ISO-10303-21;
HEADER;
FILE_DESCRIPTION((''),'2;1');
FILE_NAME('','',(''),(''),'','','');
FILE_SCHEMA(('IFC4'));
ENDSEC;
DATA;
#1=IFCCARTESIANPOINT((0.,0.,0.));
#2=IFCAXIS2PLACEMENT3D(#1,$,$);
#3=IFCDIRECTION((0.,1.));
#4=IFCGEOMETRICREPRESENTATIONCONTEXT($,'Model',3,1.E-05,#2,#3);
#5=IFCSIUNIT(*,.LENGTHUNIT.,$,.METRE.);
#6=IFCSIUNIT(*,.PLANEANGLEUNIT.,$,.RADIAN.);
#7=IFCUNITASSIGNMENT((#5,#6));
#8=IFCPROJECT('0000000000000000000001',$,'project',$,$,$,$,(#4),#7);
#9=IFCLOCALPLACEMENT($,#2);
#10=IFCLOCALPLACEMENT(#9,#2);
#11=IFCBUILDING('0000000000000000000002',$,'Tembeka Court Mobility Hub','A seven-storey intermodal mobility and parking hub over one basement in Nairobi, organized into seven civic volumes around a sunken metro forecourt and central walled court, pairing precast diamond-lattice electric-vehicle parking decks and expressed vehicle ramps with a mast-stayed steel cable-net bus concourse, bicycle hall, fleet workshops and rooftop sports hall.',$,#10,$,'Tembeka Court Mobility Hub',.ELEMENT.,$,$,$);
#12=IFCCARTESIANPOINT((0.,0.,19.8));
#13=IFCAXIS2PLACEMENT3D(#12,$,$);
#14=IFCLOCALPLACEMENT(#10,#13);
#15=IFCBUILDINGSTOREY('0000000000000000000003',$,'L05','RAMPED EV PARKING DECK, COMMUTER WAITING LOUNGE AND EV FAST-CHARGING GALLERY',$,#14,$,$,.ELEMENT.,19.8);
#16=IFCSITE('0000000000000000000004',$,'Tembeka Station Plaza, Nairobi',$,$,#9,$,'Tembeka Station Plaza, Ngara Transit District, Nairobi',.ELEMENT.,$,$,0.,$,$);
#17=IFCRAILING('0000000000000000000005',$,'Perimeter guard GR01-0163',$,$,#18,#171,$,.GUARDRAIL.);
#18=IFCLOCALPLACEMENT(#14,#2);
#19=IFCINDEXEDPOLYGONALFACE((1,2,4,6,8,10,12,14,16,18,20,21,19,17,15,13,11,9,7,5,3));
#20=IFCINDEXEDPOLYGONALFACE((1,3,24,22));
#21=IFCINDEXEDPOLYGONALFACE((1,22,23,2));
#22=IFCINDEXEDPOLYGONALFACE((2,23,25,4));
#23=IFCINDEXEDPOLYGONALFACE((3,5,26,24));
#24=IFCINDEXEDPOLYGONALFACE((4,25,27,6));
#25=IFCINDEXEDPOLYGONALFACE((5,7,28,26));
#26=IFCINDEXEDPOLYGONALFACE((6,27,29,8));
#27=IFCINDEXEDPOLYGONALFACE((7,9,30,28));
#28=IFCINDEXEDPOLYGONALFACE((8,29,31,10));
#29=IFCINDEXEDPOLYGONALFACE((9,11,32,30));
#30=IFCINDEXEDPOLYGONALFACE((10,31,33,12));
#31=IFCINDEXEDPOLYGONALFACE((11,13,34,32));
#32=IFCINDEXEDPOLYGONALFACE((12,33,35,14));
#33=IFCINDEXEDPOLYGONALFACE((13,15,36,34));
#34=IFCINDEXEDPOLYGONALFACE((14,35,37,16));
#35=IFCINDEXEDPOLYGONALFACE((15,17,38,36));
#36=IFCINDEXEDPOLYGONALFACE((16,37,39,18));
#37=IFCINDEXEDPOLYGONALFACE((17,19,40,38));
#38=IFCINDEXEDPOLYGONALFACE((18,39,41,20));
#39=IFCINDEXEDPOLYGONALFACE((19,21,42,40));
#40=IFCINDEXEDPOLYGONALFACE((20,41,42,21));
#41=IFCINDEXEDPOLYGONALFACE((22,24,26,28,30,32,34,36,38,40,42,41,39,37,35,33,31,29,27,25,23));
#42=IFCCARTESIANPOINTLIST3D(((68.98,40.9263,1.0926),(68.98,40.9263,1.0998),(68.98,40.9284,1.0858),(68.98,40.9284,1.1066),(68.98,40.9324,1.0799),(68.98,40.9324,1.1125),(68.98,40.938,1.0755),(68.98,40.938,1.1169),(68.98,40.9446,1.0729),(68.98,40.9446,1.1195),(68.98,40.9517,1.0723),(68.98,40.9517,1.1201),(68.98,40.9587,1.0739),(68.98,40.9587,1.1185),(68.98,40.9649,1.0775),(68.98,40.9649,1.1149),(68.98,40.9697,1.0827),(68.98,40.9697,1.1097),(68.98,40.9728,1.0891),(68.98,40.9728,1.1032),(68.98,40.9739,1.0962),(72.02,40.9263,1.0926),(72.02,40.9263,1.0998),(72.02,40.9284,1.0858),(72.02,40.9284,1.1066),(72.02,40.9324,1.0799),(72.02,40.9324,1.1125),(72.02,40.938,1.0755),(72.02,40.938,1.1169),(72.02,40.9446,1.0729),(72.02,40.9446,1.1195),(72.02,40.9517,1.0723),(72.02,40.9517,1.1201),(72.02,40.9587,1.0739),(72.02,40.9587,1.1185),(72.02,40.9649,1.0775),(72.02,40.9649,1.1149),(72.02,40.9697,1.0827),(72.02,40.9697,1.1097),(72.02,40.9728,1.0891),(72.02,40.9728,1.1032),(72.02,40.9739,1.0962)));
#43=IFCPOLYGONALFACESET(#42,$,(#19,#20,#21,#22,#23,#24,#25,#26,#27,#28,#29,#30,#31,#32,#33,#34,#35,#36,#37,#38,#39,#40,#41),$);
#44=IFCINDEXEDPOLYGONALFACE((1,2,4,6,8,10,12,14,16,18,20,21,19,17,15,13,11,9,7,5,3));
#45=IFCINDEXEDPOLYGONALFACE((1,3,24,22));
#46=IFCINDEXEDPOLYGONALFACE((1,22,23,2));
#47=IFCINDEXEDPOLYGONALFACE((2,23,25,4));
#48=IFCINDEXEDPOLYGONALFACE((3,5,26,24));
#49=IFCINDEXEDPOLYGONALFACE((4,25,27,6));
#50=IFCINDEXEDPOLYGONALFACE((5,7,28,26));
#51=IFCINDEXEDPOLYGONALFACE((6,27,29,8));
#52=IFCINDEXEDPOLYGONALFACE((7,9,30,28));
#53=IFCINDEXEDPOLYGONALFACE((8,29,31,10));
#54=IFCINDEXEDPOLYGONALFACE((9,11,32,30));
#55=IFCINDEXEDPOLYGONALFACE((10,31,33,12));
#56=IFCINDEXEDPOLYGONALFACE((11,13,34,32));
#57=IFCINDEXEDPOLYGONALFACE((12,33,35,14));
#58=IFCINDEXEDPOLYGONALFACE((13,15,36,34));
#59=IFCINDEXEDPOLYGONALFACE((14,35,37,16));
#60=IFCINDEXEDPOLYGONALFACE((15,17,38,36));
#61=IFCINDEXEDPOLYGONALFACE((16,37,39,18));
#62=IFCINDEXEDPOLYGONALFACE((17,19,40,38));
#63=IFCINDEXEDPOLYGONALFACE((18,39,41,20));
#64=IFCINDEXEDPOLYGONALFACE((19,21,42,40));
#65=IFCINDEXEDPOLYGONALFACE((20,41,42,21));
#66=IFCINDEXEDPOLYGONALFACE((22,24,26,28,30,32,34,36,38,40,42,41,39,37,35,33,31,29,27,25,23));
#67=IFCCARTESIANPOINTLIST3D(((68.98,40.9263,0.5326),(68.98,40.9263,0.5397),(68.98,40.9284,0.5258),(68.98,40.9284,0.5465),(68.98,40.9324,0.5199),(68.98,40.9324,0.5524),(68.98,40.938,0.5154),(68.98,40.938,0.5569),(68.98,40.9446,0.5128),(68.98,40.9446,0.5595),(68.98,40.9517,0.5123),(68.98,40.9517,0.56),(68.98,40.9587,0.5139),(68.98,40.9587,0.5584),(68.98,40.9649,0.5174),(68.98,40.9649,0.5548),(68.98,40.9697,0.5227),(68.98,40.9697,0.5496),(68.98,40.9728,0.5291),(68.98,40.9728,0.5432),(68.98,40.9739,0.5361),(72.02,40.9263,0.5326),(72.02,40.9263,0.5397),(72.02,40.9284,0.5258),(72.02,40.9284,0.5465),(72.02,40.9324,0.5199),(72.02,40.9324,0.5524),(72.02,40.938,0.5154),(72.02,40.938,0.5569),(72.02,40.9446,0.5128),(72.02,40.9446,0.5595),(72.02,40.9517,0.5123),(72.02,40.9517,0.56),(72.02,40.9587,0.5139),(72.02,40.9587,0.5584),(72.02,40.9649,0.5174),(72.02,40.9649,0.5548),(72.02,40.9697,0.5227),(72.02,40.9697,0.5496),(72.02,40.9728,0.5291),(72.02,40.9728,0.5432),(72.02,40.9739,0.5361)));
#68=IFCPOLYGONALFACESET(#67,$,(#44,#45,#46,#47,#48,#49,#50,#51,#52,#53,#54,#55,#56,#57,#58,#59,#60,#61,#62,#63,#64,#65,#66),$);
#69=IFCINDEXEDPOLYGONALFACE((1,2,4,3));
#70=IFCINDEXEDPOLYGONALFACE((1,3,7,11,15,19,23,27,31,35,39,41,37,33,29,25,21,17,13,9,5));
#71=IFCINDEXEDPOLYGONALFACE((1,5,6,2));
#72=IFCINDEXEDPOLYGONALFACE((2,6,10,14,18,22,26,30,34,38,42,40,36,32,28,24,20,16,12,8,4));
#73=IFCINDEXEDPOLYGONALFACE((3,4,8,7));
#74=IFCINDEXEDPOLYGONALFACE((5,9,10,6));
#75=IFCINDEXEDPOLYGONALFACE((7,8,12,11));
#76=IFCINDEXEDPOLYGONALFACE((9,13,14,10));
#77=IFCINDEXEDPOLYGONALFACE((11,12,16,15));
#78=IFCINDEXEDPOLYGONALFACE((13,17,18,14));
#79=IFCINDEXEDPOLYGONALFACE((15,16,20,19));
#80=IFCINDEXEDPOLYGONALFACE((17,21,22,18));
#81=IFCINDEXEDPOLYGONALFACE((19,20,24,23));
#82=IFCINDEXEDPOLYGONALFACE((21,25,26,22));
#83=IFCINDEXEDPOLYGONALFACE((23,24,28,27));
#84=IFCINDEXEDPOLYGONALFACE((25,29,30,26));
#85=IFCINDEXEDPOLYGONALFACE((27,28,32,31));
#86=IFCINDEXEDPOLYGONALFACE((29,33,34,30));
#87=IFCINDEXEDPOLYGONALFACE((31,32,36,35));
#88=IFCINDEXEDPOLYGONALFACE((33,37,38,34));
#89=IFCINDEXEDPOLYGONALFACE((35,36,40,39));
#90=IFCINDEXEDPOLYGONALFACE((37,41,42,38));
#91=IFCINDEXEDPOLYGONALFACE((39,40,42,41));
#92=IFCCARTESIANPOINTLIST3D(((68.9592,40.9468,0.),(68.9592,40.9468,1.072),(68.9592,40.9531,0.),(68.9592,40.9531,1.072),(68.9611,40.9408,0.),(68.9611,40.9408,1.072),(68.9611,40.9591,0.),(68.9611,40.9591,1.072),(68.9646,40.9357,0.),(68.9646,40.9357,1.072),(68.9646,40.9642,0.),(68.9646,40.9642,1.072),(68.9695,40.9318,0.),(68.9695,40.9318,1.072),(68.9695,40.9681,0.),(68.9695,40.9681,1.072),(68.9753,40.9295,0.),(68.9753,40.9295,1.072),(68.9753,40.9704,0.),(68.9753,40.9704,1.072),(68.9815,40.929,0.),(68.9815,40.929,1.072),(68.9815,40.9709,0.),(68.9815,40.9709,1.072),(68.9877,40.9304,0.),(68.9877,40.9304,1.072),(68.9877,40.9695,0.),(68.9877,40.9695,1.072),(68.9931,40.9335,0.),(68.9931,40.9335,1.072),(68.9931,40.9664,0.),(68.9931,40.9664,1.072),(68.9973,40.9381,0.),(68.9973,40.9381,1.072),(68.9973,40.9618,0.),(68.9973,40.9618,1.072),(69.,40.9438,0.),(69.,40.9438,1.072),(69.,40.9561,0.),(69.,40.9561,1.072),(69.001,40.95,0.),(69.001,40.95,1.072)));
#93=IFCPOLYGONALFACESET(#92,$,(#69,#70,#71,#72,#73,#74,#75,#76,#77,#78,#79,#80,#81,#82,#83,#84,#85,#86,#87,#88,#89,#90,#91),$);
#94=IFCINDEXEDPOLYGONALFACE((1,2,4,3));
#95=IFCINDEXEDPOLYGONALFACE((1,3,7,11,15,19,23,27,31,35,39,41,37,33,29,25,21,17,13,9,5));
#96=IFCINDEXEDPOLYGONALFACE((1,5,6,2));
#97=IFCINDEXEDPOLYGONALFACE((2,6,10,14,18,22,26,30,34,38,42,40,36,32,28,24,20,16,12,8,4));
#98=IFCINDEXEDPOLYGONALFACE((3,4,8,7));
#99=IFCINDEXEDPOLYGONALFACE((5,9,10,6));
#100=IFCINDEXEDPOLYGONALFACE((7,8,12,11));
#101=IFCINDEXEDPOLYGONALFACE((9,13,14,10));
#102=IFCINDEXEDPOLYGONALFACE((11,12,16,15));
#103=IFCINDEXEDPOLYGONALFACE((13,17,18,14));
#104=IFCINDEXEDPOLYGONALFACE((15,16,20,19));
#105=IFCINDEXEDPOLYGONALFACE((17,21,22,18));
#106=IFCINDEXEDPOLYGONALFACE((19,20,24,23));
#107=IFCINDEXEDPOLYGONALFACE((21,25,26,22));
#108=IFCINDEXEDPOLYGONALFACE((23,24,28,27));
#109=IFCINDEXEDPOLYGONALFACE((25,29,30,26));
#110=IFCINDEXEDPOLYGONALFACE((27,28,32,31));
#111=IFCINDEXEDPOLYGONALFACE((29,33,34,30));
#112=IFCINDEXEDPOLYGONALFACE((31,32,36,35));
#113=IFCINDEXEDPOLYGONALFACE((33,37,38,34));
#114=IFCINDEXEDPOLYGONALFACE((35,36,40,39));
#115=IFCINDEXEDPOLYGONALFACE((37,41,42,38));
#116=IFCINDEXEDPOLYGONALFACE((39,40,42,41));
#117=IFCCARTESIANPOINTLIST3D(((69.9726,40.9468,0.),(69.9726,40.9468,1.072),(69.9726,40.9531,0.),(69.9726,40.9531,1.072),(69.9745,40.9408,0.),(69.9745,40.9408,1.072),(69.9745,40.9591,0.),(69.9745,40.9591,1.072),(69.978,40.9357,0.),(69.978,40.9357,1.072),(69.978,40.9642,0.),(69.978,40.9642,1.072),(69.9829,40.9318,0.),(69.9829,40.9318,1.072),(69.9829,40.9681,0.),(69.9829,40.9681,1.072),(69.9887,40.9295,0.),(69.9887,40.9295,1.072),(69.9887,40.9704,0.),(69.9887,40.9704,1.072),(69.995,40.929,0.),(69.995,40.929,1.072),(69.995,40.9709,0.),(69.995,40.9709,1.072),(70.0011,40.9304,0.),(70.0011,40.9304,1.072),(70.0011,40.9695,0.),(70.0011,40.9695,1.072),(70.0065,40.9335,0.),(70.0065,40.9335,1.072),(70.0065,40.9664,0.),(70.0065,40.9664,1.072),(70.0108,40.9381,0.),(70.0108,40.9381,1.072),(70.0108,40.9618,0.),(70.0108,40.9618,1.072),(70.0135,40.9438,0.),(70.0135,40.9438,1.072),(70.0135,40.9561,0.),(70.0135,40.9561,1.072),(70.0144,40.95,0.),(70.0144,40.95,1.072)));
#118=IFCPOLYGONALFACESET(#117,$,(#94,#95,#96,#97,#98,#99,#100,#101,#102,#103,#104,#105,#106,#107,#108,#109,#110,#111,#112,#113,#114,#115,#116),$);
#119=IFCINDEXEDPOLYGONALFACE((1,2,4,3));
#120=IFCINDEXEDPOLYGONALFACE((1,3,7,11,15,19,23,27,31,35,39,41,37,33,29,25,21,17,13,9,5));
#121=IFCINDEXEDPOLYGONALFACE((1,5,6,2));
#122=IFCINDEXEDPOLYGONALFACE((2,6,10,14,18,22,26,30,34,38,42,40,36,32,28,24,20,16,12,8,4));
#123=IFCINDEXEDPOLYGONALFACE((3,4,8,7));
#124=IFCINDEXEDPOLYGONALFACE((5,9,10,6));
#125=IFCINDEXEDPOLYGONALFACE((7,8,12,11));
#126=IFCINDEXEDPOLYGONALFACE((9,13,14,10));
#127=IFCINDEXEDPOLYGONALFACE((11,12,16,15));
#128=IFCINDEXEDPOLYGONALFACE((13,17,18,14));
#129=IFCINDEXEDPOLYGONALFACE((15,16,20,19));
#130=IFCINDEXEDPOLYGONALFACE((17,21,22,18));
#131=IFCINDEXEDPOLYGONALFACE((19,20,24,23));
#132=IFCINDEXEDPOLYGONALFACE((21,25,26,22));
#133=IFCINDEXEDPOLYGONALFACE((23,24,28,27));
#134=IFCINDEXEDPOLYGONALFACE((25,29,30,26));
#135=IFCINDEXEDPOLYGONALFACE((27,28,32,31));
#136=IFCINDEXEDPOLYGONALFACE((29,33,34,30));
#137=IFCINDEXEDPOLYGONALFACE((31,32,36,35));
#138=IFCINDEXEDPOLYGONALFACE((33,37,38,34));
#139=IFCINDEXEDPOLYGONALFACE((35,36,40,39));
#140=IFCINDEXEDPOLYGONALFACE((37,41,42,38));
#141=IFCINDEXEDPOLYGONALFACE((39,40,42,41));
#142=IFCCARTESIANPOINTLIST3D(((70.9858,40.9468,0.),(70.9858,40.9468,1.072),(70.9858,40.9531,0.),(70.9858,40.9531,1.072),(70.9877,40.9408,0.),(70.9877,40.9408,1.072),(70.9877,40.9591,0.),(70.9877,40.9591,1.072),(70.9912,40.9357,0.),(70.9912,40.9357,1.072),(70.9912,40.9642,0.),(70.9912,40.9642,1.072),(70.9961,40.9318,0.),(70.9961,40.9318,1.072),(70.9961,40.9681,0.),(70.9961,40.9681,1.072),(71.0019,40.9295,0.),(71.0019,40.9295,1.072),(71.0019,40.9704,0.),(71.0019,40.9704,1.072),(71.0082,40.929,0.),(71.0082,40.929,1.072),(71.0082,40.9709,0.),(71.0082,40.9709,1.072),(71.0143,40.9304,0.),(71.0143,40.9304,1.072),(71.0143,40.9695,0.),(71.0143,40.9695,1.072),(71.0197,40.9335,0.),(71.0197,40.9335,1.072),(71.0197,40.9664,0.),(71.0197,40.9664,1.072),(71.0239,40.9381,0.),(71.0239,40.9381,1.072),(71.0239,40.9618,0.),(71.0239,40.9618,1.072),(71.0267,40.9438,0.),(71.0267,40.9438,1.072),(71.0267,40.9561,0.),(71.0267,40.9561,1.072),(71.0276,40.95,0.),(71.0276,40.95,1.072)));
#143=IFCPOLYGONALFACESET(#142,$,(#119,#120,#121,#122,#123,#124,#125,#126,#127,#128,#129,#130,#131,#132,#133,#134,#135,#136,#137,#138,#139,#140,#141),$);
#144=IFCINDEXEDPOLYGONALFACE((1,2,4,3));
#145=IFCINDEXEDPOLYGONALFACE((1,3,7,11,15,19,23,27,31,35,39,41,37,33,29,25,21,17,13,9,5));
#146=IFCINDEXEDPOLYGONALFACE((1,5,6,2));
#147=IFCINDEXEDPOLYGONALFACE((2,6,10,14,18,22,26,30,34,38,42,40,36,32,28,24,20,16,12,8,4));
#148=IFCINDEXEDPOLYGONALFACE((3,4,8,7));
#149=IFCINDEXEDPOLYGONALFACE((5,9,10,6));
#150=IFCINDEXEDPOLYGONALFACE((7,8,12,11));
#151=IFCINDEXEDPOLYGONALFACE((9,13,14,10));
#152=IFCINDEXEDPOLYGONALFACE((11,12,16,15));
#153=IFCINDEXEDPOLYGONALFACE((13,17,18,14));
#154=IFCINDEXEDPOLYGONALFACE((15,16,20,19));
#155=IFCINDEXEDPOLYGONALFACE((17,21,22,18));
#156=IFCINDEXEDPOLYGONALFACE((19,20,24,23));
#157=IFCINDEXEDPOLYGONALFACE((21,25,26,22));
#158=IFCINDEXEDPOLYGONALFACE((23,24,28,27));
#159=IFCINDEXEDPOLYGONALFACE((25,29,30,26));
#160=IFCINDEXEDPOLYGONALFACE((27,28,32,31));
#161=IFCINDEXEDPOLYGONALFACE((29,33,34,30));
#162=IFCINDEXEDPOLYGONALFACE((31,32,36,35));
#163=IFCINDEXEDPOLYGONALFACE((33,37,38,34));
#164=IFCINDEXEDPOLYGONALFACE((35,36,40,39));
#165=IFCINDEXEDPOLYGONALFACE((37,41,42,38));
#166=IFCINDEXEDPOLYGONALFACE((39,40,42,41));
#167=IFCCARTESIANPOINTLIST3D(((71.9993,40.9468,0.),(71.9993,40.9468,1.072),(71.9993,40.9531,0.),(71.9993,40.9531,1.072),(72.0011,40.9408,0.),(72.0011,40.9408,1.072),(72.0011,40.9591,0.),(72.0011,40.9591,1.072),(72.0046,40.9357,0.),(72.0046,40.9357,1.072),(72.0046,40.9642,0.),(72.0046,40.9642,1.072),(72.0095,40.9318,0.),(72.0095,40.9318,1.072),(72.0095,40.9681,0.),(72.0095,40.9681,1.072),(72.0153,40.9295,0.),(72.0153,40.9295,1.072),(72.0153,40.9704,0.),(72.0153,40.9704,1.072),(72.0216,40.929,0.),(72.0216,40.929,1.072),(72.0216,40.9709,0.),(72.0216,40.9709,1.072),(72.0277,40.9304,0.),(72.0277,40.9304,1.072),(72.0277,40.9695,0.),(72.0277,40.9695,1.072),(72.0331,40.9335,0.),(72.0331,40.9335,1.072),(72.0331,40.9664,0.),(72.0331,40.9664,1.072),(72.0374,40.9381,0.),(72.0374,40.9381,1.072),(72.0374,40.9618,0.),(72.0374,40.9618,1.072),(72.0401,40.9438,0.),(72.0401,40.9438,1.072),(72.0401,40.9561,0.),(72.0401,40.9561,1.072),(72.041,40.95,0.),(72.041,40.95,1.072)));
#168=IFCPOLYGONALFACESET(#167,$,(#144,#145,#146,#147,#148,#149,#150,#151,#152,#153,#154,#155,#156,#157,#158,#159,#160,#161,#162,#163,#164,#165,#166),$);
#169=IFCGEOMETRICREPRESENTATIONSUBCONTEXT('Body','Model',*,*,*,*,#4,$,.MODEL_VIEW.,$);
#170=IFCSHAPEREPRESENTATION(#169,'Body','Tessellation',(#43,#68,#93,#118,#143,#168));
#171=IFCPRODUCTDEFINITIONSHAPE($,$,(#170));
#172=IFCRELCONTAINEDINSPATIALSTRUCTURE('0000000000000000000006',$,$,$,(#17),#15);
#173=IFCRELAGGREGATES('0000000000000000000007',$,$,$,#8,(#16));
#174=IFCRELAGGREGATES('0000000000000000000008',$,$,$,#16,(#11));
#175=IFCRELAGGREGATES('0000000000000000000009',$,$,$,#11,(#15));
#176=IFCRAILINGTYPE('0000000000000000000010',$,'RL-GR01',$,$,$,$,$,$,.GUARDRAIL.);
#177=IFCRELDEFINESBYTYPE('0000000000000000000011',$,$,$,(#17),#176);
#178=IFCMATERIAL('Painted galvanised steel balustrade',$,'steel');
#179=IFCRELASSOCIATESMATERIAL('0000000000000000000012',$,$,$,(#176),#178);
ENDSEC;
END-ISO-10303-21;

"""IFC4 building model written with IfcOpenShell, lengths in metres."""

from ifc_helpers import new_model, si_unit, direction, frame, origin, origin_2d, place, context, subcontext, project, spatial, circle, extrude, material, type_object, element, save


model = new_model("IFC4")

# Units and contexts
model_context = context("Model", 3, precision=1e-05, world=origin(), true_north=direction((0.0, 1.0)))
body_context = subcontext(model_context, "Body", "Model", "MODEL_VIEW")
ifc_project = project(units=[si_unit("LENGTHUNIT", "METRE"), si_unit("PLANEANGLEUNIT", "RADIAN")], contexts=[model_context])

# Site, building, storey
site_placement = place(None, origin())
site = spatial("IfcSite", under=ifc_project, at=site_placement, Name="Tembeka Station Plaza, Nairobi", LongName="Tembeka Station Plaza, Ngara Transit District, Nairobi", CompositionType="ELEMENT", RefElevation=0.0)
building_placement = place(site_placement, origin())
building = spatial("IfcBuilding", under=site, at=building_placement, Name="Tembeka Court Mobility Hub", Description="A seven-storey intermodal mobility and parking hub over one basement in Nairobi, organized into seven civic volumes around a sunken metro forecourt and central walled court, pairing precast diamond-lattice electric-vehicle parking decks and expressed vehicle ramps with a mast-stayed steel cable-net bus concourse, bicycle hall, fleet workshops and rooftop sports hall.", LongName="Tembeka Court Mobility Hub", CompositionType="ELEMENT")
storey_placement = place(building_placement, frame((0.0, 0.0, 19.8)))
storey = spatial("IfcBuildingStorey", under=building, at=storey_placement, Name="L05", Description="RAMPED EV PARKING DECK, COMMUTER WAITING LOUNGE AND EV FAST-CHARGING GALLERY", CompositionType="ELEMENT", Elevation=19.8)

# Railing
ifc_material_1 = material(Name="Painted galvanised steel balustrade", Category="steel")
railing_type = type_object("IfcRailingType", Name="RL-GR01", PredefinedType="GUARDRAIL", material=ifc_material_1)
railing_1_placement = place(storey_placement, frame((68.98, 40.95, 0.0)))
element("IfcRailing", 1, at=railing_1_placement, inside=storey, type_object=railing_type, Name="Perimeter guard GR01-0163", PredefinedType="GUARDRAIL", context=body_context, shape_type="SweptSolid", body=[
    extrude(circle(Radius=0.0239, at=origin_2d()), frame((0.0, 0.0, 1.0962), z_axis=(1.0, 0.0, 0.0), x_axis=(0.0, 1.0, 0.0)), (0.0, 0.0, 1.0), 3.04),
    extrude(circle(Radius=0.0239, at=origin_2d()), frame((0.0, 0.0, 0.5361), z_axis=(1.0, 0.0, 0.0), x_axis=(0.0, 1.0, 0.0)), (0.0, 0.0, 1.0), 3.04),
    extrude(circle(Radius=0.021, at=origin_2d()), origin(), (0.0, 0.0, 1.0), 1.072),
    extrude(circle(Radius=0.021, at=origin_2d()), frame((1.0134, 0.0, 0.0)), (0.0, 0.0, 1.0), 1.072),
    extrude(circle(Radius=0.021, at=origin_2d()), frame((2.0266, 0.0, 0.0)), (0.0, 0.0, 1.0), 1.072),
    extrude(circle(Radius=0.021, at=origin_2d()), frame((3.04, 0.0, 0.0)), (0.0, 0.0, 1.0), 1.072),
])

save(model, "model.ifc")
